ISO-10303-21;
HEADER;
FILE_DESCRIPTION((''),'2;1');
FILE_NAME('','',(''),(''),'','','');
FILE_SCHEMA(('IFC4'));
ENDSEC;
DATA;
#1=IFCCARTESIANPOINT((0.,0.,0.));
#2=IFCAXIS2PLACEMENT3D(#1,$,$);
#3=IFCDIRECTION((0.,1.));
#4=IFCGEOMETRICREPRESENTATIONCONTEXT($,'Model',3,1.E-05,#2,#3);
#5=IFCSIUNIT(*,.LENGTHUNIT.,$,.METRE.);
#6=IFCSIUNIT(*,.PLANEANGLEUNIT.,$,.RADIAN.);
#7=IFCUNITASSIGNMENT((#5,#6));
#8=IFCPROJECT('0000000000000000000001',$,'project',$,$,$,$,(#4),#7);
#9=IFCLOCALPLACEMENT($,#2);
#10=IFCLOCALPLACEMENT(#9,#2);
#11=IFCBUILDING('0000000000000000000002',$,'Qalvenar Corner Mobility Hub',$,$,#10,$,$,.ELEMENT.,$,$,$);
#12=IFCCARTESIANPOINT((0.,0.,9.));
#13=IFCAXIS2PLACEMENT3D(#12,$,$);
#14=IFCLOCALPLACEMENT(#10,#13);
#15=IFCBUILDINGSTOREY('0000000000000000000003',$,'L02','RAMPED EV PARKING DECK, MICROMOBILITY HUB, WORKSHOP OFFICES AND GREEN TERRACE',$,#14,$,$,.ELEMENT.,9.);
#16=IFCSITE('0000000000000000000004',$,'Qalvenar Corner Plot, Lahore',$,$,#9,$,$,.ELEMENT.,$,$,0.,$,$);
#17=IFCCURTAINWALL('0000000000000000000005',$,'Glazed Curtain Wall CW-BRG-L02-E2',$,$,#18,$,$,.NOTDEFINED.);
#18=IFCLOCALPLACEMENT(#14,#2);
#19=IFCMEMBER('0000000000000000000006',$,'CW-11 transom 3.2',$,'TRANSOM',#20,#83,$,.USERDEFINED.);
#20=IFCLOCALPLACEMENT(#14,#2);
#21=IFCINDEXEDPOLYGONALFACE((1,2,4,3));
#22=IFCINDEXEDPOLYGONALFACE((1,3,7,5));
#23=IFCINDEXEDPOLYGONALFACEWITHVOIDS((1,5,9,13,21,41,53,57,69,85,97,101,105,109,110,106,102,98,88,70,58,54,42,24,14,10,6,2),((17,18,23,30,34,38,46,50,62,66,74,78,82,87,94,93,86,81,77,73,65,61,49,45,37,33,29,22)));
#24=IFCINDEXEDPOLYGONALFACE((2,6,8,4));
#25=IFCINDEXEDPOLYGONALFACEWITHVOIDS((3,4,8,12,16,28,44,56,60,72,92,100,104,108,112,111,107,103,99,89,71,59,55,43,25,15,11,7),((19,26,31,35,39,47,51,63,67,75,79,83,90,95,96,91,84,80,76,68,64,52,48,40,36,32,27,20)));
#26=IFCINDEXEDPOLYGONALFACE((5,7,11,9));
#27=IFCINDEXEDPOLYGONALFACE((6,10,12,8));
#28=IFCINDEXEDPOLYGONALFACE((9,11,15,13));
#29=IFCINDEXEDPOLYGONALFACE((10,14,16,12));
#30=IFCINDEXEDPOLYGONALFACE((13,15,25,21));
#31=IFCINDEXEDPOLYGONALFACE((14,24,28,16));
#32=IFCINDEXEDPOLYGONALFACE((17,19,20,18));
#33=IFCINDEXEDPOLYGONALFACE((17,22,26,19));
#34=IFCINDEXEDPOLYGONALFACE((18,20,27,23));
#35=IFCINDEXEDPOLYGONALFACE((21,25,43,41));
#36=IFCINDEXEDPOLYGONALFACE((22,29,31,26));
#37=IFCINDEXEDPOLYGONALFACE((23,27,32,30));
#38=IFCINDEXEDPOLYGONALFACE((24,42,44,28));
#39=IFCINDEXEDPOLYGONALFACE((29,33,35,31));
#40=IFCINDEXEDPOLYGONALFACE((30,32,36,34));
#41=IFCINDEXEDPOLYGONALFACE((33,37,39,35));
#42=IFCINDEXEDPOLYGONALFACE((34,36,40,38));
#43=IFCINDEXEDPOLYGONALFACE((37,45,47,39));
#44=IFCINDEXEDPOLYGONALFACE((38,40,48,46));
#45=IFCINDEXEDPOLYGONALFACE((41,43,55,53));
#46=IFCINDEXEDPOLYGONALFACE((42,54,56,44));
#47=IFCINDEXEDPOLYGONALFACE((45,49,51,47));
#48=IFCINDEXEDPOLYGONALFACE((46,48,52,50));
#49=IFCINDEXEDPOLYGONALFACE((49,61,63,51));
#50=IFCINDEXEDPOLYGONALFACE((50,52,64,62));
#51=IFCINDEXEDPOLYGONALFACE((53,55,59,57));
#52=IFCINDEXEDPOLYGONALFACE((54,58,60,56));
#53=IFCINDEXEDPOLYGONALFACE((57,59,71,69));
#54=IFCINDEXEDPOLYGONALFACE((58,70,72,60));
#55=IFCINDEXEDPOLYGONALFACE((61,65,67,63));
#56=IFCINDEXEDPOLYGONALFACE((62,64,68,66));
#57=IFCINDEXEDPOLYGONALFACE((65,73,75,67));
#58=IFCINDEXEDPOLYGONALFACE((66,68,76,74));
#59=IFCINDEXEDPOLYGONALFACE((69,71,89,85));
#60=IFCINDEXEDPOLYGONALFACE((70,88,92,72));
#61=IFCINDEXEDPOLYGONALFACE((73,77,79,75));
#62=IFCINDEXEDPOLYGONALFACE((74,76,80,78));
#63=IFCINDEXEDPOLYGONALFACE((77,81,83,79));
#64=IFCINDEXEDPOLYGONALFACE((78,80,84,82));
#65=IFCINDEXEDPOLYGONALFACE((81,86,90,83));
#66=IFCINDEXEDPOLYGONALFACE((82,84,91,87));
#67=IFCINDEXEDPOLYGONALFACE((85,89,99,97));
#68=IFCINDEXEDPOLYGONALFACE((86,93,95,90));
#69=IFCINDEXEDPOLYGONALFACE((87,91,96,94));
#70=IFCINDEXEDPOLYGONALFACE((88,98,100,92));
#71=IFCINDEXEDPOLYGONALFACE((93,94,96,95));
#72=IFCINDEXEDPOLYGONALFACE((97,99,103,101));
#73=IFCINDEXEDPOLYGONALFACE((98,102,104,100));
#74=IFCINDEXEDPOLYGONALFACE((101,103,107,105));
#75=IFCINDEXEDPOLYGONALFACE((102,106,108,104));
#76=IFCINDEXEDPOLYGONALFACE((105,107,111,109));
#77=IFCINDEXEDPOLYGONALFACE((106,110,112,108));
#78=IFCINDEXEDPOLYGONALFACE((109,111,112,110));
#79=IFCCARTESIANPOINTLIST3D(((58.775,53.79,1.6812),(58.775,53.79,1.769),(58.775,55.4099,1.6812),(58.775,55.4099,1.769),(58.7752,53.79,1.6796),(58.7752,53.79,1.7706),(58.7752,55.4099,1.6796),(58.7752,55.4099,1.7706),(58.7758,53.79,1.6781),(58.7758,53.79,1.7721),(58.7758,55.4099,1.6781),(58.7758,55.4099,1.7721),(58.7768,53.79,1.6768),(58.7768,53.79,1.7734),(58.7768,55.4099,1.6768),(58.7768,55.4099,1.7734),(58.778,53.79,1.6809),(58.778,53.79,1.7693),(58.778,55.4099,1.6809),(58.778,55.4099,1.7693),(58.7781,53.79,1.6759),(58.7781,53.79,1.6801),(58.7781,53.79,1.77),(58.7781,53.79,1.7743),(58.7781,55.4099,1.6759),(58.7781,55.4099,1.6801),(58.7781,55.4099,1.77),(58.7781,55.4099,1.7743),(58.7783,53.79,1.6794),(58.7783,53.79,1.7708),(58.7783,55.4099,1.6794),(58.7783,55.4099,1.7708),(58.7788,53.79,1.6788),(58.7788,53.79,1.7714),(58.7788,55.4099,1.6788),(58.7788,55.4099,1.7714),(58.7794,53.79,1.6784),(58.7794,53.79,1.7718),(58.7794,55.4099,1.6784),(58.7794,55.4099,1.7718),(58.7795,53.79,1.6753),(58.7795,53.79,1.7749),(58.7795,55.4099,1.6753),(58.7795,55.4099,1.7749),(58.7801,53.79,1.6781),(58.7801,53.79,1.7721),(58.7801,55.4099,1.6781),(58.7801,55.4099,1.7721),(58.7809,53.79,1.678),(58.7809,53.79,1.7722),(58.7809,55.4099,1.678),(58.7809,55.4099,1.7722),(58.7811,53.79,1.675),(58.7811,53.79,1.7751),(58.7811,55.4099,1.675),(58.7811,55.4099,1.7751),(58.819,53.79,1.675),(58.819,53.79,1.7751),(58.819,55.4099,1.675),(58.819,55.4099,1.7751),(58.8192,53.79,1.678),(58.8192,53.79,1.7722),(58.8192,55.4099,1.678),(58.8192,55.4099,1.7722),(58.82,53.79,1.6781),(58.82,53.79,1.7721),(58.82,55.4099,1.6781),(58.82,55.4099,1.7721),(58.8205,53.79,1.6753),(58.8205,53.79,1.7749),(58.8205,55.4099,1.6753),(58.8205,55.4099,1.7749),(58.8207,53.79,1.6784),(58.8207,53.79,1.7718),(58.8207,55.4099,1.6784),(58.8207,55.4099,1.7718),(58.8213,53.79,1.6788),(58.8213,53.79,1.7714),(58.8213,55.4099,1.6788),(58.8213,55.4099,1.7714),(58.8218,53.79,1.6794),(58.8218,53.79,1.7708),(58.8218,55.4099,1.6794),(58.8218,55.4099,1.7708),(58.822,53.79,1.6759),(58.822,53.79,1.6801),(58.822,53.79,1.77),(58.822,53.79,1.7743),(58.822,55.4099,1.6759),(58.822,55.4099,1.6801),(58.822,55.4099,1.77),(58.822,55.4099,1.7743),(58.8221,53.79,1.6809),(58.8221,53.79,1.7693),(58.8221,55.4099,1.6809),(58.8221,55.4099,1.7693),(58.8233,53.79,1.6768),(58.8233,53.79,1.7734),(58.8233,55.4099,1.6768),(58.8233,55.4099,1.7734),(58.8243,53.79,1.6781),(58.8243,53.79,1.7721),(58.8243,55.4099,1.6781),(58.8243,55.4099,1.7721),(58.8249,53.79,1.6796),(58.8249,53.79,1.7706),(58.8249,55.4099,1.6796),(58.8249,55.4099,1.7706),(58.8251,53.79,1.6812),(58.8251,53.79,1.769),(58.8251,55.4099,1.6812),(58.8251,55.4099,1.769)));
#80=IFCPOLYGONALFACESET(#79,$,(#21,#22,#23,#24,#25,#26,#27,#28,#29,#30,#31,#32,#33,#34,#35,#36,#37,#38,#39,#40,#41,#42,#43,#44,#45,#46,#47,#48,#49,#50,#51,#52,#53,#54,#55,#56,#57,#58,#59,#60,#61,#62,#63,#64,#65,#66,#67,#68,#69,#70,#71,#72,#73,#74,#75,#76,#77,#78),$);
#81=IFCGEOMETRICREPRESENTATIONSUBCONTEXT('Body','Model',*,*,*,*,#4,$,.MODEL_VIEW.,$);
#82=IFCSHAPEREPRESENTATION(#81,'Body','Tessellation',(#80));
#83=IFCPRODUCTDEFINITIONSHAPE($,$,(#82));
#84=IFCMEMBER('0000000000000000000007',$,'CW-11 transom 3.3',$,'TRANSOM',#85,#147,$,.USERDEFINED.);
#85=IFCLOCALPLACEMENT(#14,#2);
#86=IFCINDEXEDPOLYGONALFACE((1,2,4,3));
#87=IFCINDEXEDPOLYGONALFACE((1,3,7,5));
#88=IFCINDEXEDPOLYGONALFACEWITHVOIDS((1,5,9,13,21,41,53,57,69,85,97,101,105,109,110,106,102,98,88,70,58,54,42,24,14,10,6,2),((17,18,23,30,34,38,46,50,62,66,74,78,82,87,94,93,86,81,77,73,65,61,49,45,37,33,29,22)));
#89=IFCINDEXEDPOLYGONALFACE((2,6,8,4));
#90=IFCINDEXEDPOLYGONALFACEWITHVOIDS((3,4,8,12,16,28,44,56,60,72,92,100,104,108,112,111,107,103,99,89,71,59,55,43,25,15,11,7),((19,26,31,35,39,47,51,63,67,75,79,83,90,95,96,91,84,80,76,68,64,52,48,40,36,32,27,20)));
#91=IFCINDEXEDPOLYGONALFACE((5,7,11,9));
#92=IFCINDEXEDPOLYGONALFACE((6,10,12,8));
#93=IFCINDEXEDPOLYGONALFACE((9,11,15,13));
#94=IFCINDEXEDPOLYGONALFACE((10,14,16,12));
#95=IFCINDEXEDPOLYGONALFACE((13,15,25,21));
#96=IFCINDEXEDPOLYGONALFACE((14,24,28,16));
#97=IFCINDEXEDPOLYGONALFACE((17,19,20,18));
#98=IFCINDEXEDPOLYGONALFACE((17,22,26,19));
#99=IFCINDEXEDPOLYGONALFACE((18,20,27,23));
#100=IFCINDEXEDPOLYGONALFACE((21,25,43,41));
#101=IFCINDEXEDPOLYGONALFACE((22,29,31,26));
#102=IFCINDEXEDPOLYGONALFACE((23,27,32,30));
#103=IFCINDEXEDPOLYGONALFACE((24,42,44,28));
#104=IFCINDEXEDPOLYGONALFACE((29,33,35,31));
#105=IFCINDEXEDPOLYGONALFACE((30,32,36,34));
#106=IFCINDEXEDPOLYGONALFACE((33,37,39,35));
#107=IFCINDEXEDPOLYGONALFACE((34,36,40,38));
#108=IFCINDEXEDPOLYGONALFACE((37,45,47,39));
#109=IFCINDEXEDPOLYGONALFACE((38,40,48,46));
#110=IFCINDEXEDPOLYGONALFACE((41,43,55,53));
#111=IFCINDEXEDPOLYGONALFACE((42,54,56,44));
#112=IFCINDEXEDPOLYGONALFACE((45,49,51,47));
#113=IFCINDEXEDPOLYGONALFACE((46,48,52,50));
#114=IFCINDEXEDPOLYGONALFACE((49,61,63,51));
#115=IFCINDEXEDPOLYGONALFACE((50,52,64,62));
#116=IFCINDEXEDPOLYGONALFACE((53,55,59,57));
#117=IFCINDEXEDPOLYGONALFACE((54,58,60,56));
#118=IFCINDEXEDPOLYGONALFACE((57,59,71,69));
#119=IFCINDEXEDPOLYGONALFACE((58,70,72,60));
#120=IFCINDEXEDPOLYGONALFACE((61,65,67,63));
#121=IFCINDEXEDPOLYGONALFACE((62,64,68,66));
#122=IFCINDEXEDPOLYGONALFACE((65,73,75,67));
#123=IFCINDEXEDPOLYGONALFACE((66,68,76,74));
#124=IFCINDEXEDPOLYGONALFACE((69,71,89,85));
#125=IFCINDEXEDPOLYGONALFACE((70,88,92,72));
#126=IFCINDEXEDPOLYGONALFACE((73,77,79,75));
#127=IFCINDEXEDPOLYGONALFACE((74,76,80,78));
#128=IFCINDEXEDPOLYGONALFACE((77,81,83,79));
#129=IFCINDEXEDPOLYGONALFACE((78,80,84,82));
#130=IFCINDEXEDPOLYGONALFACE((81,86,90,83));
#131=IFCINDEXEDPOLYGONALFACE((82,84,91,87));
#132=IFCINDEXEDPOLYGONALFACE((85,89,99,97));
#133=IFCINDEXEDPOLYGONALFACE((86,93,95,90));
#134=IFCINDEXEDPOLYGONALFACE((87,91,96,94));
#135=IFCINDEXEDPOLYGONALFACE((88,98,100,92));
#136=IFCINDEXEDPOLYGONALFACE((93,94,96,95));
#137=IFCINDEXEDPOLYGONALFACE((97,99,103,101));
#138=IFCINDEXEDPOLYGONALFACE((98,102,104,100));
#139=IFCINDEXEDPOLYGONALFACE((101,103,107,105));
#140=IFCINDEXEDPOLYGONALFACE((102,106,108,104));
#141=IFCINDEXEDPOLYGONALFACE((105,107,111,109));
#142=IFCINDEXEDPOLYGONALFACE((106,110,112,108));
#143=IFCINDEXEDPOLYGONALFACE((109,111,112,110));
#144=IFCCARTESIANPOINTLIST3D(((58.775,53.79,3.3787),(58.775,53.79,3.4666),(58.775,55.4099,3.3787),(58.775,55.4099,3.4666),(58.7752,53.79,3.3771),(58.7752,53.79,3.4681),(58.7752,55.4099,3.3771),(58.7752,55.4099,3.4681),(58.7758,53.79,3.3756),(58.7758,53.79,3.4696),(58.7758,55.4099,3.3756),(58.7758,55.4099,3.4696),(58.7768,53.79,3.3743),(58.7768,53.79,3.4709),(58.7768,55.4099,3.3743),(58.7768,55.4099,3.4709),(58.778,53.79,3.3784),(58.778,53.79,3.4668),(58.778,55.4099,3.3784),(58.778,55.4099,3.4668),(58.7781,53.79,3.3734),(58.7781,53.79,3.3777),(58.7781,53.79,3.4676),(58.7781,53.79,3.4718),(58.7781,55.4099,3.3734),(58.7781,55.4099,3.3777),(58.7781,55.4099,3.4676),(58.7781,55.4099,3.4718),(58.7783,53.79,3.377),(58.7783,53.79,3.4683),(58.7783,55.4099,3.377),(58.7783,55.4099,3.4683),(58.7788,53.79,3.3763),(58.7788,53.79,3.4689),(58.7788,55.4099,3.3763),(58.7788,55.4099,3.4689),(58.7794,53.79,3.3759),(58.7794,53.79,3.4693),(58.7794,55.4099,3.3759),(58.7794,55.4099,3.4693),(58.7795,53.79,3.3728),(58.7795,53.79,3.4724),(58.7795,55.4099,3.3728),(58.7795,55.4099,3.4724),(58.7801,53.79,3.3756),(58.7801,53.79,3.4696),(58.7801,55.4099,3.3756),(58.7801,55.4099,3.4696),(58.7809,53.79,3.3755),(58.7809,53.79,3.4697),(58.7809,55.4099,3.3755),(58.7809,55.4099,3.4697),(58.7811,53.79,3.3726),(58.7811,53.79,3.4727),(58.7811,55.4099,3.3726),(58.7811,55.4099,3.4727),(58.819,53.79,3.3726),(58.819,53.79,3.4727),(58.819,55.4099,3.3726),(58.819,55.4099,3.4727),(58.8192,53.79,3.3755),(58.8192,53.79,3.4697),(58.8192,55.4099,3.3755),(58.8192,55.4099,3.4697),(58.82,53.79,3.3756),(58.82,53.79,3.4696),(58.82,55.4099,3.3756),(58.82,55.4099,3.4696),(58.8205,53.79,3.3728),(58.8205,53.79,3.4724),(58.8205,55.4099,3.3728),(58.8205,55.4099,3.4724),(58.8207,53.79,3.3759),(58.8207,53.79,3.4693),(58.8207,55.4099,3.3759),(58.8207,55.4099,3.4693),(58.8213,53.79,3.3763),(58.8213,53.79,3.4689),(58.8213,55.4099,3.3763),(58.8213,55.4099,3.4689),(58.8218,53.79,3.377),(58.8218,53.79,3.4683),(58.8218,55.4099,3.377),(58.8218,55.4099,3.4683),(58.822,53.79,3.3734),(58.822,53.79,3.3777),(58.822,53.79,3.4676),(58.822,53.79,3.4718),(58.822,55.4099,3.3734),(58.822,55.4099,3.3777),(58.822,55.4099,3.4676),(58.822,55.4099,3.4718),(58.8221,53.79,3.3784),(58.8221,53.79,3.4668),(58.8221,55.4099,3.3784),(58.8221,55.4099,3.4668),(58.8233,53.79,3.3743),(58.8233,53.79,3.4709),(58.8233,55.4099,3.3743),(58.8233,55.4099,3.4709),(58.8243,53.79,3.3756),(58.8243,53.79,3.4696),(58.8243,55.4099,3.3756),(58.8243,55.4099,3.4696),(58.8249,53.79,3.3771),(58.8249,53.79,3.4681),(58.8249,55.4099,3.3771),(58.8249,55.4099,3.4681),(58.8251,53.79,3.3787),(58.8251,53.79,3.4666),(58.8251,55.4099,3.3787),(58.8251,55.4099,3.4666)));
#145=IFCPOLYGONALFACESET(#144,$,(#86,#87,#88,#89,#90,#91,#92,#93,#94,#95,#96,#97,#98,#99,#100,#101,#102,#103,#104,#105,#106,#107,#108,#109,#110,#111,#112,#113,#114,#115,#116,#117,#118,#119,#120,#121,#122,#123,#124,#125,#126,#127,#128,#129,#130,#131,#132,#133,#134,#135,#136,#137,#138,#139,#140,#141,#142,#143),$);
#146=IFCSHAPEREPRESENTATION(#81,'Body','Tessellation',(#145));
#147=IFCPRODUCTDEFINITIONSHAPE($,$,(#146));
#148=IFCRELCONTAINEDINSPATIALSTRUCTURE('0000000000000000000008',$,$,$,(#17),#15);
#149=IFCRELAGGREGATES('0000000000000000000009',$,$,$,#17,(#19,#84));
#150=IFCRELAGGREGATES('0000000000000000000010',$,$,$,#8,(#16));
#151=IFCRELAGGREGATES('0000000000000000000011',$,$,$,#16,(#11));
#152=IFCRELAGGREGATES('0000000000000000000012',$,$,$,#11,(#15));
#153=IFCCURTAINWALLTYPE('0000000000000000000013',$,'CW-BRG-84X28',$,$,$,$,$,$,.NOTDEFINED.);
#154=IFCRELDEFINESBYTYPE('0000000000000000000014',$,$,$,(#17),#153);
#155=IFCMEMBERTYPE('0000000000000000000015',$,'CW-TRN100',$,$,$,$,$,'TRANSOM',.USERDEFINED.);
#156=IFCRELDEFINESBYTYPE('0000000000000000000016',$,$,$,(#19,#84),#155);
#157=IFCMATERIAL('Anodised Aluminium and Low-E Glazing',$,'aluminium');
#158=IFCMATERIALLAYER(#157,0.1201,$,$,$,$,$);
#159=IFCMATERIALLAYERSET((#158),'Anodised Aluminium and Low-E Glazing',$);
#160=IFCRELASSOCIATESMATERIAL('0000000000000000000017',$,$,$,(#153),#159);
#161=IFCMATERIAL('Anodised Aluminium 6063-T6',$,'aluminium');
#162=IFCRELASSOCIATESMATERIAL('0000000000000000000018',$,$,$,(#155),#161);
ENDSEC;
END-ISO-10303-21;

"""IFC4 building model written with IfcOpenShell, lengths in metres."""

from ifc_helpers import new_model, si_unit, direction, frame, origin, origin_2d, place, context, subcontext, project, spatial, hollow_rectangle, extrude, material, layer, layer_set, material_profile, profile_set, type_object, element, aggregate, save


model = new_model("IFC4")

# Units and contexts
model_context = context("Model", 3, precision=1e-05, world=origin(), true_north=direction((0.0, 1.0)))
body_context = subcontext(model_context, "Body", "Model", "MODEL_VIEW")
ifc_project = project(units=[si_unit("LENGTHUNIT", "METRE"), si_unit("PLANEANGLEUNIT", "RADIAN")], contexts=[model_context])

# Site, building, storey
site_placement = place(None, origin())
site = spatial("IfcSite", under=ifc_project, at=site_placement, Name="Qalvenar Corner Plot, Lahore", CompositionType="ELEMENT", RefElevation=0.0)
building_placement = place(site_placement, origin())
building = spatial("IfcBuilding", under=site, at=building_placement, Name="Qalvenar Corner Mobility Hub", CompositionType="ELEMENT")
storey_placement = place(building_placement, frame((0.0, 0.0, 9.0)))
storey = spatial("IfcBuildingStorey", under=building, at=storey_placement, Name="L02", Description="RAMPED EV PARKING DECK, MICROMOBILITY HUB, WORKSHOP OFFICES AND GREEN TERRACE", CompositionType="ELEMENT", Elevation=9.0)

# Curtain wall, members
ifc_material_1 = material(Name="Anodised Aluminium and Low-E Glazing", Category="aluminium")
ifc_layer_1 = layer(ifc_material_1, 0.1201)
ifc_layer_set_1 = layer_set([ifc_layer_1], Name="Anodised Aluminium and Low-E Glazing")
curtain_wall_type = type_object("IfcCurtainWallType", Name="CW-BRG-84X28", PredefinedType="NOTDEFINED", material=ifc_layer_set_1)
curtain_wall_placement = place(storey_placement, origin())
curtain_wall = element("IfcCurtainWall", 1, at=curtain_wall_placement, inside=storey, type_object=curtain_wall_type, Name="Glazed Curtain Wall CW-BRG-L02-E2", PredefinedType="NOTDEFINED")
ifc_material_2 = material(Name="Anodised Aluminium 6063-T6", Category="aluminium")
ifc_material_profile_1 = material_profile(ifc_material_2, hollow_rectangle(XDim=0.05, YDim=0.1001, WallThickness=0.0029, InnerFilletRadius=0.0029, OuterFilletRadius=0.0061, at=origin_2d()), Name="RHS100x50x3")
ifc_profile_set_1 = profile_set([ifc_material_profile_1], Name="Anodised Aluminium 6063-T6")
member_type_1 = type_object("IfcMemberType", Name="CW-TRN100", ElementType="TRANSOM", PredefinedType="USERDEFINED", material=ifc_profile_set_1)
member_1_placement = place(storey_placement, frame((58.8, 53.79, 1.7251), z_axis=(0.0, 1.0, 0.0), x_axis=(-1.0, 0.0, 0.0)))
member_1 = element("IfcMember", 2, at=member_1_placement, type_object=member_type_1, Name="CW-11 transom 3.2", ObjectType="TRANSOM", PredefinedType="USERDEFINED", context=body_context, shape_type="SweptSolid", body=[
    extrude(hollow_rectangle(XDim=0.05, YDim=0.1001, WallThickness=0.0029, InnerFilletRadius=0.0029, OuterFilletRadius=0.0061, at=origin_2d()), origin(), (0.0, 0.0, 1.0), 1.6199),
])
member_2_placement = place(storey_placement, frame((58.8, 53.79, 3.4226), z_axis=(0.0, 1.0, 0.0), x_axis=(-1.0, 0.0, 0.0)))
member_2 = element("IfcMember", 3, at=member_2_placement, type_object=member_type_1, Name="CW-11 transom 3.3", ObjectType="TRANSOM", PredefinedType="USERDEFINED", context=body_context, shape_type="SweptSolid", body=[
    extrude(hollow_rectangle(XDim=0.05, YDim=0.1001, WallThickness=0.0029, InnerFilletRadius=0.0029, OuterFilletRadius=0.0061, at=origin_2d()), origin(), (0.0, 0.0, 1.0), 1.6199),
])
aggregate(curtain_wall, [member_1, member_2])

save(model, "model.ifc")
